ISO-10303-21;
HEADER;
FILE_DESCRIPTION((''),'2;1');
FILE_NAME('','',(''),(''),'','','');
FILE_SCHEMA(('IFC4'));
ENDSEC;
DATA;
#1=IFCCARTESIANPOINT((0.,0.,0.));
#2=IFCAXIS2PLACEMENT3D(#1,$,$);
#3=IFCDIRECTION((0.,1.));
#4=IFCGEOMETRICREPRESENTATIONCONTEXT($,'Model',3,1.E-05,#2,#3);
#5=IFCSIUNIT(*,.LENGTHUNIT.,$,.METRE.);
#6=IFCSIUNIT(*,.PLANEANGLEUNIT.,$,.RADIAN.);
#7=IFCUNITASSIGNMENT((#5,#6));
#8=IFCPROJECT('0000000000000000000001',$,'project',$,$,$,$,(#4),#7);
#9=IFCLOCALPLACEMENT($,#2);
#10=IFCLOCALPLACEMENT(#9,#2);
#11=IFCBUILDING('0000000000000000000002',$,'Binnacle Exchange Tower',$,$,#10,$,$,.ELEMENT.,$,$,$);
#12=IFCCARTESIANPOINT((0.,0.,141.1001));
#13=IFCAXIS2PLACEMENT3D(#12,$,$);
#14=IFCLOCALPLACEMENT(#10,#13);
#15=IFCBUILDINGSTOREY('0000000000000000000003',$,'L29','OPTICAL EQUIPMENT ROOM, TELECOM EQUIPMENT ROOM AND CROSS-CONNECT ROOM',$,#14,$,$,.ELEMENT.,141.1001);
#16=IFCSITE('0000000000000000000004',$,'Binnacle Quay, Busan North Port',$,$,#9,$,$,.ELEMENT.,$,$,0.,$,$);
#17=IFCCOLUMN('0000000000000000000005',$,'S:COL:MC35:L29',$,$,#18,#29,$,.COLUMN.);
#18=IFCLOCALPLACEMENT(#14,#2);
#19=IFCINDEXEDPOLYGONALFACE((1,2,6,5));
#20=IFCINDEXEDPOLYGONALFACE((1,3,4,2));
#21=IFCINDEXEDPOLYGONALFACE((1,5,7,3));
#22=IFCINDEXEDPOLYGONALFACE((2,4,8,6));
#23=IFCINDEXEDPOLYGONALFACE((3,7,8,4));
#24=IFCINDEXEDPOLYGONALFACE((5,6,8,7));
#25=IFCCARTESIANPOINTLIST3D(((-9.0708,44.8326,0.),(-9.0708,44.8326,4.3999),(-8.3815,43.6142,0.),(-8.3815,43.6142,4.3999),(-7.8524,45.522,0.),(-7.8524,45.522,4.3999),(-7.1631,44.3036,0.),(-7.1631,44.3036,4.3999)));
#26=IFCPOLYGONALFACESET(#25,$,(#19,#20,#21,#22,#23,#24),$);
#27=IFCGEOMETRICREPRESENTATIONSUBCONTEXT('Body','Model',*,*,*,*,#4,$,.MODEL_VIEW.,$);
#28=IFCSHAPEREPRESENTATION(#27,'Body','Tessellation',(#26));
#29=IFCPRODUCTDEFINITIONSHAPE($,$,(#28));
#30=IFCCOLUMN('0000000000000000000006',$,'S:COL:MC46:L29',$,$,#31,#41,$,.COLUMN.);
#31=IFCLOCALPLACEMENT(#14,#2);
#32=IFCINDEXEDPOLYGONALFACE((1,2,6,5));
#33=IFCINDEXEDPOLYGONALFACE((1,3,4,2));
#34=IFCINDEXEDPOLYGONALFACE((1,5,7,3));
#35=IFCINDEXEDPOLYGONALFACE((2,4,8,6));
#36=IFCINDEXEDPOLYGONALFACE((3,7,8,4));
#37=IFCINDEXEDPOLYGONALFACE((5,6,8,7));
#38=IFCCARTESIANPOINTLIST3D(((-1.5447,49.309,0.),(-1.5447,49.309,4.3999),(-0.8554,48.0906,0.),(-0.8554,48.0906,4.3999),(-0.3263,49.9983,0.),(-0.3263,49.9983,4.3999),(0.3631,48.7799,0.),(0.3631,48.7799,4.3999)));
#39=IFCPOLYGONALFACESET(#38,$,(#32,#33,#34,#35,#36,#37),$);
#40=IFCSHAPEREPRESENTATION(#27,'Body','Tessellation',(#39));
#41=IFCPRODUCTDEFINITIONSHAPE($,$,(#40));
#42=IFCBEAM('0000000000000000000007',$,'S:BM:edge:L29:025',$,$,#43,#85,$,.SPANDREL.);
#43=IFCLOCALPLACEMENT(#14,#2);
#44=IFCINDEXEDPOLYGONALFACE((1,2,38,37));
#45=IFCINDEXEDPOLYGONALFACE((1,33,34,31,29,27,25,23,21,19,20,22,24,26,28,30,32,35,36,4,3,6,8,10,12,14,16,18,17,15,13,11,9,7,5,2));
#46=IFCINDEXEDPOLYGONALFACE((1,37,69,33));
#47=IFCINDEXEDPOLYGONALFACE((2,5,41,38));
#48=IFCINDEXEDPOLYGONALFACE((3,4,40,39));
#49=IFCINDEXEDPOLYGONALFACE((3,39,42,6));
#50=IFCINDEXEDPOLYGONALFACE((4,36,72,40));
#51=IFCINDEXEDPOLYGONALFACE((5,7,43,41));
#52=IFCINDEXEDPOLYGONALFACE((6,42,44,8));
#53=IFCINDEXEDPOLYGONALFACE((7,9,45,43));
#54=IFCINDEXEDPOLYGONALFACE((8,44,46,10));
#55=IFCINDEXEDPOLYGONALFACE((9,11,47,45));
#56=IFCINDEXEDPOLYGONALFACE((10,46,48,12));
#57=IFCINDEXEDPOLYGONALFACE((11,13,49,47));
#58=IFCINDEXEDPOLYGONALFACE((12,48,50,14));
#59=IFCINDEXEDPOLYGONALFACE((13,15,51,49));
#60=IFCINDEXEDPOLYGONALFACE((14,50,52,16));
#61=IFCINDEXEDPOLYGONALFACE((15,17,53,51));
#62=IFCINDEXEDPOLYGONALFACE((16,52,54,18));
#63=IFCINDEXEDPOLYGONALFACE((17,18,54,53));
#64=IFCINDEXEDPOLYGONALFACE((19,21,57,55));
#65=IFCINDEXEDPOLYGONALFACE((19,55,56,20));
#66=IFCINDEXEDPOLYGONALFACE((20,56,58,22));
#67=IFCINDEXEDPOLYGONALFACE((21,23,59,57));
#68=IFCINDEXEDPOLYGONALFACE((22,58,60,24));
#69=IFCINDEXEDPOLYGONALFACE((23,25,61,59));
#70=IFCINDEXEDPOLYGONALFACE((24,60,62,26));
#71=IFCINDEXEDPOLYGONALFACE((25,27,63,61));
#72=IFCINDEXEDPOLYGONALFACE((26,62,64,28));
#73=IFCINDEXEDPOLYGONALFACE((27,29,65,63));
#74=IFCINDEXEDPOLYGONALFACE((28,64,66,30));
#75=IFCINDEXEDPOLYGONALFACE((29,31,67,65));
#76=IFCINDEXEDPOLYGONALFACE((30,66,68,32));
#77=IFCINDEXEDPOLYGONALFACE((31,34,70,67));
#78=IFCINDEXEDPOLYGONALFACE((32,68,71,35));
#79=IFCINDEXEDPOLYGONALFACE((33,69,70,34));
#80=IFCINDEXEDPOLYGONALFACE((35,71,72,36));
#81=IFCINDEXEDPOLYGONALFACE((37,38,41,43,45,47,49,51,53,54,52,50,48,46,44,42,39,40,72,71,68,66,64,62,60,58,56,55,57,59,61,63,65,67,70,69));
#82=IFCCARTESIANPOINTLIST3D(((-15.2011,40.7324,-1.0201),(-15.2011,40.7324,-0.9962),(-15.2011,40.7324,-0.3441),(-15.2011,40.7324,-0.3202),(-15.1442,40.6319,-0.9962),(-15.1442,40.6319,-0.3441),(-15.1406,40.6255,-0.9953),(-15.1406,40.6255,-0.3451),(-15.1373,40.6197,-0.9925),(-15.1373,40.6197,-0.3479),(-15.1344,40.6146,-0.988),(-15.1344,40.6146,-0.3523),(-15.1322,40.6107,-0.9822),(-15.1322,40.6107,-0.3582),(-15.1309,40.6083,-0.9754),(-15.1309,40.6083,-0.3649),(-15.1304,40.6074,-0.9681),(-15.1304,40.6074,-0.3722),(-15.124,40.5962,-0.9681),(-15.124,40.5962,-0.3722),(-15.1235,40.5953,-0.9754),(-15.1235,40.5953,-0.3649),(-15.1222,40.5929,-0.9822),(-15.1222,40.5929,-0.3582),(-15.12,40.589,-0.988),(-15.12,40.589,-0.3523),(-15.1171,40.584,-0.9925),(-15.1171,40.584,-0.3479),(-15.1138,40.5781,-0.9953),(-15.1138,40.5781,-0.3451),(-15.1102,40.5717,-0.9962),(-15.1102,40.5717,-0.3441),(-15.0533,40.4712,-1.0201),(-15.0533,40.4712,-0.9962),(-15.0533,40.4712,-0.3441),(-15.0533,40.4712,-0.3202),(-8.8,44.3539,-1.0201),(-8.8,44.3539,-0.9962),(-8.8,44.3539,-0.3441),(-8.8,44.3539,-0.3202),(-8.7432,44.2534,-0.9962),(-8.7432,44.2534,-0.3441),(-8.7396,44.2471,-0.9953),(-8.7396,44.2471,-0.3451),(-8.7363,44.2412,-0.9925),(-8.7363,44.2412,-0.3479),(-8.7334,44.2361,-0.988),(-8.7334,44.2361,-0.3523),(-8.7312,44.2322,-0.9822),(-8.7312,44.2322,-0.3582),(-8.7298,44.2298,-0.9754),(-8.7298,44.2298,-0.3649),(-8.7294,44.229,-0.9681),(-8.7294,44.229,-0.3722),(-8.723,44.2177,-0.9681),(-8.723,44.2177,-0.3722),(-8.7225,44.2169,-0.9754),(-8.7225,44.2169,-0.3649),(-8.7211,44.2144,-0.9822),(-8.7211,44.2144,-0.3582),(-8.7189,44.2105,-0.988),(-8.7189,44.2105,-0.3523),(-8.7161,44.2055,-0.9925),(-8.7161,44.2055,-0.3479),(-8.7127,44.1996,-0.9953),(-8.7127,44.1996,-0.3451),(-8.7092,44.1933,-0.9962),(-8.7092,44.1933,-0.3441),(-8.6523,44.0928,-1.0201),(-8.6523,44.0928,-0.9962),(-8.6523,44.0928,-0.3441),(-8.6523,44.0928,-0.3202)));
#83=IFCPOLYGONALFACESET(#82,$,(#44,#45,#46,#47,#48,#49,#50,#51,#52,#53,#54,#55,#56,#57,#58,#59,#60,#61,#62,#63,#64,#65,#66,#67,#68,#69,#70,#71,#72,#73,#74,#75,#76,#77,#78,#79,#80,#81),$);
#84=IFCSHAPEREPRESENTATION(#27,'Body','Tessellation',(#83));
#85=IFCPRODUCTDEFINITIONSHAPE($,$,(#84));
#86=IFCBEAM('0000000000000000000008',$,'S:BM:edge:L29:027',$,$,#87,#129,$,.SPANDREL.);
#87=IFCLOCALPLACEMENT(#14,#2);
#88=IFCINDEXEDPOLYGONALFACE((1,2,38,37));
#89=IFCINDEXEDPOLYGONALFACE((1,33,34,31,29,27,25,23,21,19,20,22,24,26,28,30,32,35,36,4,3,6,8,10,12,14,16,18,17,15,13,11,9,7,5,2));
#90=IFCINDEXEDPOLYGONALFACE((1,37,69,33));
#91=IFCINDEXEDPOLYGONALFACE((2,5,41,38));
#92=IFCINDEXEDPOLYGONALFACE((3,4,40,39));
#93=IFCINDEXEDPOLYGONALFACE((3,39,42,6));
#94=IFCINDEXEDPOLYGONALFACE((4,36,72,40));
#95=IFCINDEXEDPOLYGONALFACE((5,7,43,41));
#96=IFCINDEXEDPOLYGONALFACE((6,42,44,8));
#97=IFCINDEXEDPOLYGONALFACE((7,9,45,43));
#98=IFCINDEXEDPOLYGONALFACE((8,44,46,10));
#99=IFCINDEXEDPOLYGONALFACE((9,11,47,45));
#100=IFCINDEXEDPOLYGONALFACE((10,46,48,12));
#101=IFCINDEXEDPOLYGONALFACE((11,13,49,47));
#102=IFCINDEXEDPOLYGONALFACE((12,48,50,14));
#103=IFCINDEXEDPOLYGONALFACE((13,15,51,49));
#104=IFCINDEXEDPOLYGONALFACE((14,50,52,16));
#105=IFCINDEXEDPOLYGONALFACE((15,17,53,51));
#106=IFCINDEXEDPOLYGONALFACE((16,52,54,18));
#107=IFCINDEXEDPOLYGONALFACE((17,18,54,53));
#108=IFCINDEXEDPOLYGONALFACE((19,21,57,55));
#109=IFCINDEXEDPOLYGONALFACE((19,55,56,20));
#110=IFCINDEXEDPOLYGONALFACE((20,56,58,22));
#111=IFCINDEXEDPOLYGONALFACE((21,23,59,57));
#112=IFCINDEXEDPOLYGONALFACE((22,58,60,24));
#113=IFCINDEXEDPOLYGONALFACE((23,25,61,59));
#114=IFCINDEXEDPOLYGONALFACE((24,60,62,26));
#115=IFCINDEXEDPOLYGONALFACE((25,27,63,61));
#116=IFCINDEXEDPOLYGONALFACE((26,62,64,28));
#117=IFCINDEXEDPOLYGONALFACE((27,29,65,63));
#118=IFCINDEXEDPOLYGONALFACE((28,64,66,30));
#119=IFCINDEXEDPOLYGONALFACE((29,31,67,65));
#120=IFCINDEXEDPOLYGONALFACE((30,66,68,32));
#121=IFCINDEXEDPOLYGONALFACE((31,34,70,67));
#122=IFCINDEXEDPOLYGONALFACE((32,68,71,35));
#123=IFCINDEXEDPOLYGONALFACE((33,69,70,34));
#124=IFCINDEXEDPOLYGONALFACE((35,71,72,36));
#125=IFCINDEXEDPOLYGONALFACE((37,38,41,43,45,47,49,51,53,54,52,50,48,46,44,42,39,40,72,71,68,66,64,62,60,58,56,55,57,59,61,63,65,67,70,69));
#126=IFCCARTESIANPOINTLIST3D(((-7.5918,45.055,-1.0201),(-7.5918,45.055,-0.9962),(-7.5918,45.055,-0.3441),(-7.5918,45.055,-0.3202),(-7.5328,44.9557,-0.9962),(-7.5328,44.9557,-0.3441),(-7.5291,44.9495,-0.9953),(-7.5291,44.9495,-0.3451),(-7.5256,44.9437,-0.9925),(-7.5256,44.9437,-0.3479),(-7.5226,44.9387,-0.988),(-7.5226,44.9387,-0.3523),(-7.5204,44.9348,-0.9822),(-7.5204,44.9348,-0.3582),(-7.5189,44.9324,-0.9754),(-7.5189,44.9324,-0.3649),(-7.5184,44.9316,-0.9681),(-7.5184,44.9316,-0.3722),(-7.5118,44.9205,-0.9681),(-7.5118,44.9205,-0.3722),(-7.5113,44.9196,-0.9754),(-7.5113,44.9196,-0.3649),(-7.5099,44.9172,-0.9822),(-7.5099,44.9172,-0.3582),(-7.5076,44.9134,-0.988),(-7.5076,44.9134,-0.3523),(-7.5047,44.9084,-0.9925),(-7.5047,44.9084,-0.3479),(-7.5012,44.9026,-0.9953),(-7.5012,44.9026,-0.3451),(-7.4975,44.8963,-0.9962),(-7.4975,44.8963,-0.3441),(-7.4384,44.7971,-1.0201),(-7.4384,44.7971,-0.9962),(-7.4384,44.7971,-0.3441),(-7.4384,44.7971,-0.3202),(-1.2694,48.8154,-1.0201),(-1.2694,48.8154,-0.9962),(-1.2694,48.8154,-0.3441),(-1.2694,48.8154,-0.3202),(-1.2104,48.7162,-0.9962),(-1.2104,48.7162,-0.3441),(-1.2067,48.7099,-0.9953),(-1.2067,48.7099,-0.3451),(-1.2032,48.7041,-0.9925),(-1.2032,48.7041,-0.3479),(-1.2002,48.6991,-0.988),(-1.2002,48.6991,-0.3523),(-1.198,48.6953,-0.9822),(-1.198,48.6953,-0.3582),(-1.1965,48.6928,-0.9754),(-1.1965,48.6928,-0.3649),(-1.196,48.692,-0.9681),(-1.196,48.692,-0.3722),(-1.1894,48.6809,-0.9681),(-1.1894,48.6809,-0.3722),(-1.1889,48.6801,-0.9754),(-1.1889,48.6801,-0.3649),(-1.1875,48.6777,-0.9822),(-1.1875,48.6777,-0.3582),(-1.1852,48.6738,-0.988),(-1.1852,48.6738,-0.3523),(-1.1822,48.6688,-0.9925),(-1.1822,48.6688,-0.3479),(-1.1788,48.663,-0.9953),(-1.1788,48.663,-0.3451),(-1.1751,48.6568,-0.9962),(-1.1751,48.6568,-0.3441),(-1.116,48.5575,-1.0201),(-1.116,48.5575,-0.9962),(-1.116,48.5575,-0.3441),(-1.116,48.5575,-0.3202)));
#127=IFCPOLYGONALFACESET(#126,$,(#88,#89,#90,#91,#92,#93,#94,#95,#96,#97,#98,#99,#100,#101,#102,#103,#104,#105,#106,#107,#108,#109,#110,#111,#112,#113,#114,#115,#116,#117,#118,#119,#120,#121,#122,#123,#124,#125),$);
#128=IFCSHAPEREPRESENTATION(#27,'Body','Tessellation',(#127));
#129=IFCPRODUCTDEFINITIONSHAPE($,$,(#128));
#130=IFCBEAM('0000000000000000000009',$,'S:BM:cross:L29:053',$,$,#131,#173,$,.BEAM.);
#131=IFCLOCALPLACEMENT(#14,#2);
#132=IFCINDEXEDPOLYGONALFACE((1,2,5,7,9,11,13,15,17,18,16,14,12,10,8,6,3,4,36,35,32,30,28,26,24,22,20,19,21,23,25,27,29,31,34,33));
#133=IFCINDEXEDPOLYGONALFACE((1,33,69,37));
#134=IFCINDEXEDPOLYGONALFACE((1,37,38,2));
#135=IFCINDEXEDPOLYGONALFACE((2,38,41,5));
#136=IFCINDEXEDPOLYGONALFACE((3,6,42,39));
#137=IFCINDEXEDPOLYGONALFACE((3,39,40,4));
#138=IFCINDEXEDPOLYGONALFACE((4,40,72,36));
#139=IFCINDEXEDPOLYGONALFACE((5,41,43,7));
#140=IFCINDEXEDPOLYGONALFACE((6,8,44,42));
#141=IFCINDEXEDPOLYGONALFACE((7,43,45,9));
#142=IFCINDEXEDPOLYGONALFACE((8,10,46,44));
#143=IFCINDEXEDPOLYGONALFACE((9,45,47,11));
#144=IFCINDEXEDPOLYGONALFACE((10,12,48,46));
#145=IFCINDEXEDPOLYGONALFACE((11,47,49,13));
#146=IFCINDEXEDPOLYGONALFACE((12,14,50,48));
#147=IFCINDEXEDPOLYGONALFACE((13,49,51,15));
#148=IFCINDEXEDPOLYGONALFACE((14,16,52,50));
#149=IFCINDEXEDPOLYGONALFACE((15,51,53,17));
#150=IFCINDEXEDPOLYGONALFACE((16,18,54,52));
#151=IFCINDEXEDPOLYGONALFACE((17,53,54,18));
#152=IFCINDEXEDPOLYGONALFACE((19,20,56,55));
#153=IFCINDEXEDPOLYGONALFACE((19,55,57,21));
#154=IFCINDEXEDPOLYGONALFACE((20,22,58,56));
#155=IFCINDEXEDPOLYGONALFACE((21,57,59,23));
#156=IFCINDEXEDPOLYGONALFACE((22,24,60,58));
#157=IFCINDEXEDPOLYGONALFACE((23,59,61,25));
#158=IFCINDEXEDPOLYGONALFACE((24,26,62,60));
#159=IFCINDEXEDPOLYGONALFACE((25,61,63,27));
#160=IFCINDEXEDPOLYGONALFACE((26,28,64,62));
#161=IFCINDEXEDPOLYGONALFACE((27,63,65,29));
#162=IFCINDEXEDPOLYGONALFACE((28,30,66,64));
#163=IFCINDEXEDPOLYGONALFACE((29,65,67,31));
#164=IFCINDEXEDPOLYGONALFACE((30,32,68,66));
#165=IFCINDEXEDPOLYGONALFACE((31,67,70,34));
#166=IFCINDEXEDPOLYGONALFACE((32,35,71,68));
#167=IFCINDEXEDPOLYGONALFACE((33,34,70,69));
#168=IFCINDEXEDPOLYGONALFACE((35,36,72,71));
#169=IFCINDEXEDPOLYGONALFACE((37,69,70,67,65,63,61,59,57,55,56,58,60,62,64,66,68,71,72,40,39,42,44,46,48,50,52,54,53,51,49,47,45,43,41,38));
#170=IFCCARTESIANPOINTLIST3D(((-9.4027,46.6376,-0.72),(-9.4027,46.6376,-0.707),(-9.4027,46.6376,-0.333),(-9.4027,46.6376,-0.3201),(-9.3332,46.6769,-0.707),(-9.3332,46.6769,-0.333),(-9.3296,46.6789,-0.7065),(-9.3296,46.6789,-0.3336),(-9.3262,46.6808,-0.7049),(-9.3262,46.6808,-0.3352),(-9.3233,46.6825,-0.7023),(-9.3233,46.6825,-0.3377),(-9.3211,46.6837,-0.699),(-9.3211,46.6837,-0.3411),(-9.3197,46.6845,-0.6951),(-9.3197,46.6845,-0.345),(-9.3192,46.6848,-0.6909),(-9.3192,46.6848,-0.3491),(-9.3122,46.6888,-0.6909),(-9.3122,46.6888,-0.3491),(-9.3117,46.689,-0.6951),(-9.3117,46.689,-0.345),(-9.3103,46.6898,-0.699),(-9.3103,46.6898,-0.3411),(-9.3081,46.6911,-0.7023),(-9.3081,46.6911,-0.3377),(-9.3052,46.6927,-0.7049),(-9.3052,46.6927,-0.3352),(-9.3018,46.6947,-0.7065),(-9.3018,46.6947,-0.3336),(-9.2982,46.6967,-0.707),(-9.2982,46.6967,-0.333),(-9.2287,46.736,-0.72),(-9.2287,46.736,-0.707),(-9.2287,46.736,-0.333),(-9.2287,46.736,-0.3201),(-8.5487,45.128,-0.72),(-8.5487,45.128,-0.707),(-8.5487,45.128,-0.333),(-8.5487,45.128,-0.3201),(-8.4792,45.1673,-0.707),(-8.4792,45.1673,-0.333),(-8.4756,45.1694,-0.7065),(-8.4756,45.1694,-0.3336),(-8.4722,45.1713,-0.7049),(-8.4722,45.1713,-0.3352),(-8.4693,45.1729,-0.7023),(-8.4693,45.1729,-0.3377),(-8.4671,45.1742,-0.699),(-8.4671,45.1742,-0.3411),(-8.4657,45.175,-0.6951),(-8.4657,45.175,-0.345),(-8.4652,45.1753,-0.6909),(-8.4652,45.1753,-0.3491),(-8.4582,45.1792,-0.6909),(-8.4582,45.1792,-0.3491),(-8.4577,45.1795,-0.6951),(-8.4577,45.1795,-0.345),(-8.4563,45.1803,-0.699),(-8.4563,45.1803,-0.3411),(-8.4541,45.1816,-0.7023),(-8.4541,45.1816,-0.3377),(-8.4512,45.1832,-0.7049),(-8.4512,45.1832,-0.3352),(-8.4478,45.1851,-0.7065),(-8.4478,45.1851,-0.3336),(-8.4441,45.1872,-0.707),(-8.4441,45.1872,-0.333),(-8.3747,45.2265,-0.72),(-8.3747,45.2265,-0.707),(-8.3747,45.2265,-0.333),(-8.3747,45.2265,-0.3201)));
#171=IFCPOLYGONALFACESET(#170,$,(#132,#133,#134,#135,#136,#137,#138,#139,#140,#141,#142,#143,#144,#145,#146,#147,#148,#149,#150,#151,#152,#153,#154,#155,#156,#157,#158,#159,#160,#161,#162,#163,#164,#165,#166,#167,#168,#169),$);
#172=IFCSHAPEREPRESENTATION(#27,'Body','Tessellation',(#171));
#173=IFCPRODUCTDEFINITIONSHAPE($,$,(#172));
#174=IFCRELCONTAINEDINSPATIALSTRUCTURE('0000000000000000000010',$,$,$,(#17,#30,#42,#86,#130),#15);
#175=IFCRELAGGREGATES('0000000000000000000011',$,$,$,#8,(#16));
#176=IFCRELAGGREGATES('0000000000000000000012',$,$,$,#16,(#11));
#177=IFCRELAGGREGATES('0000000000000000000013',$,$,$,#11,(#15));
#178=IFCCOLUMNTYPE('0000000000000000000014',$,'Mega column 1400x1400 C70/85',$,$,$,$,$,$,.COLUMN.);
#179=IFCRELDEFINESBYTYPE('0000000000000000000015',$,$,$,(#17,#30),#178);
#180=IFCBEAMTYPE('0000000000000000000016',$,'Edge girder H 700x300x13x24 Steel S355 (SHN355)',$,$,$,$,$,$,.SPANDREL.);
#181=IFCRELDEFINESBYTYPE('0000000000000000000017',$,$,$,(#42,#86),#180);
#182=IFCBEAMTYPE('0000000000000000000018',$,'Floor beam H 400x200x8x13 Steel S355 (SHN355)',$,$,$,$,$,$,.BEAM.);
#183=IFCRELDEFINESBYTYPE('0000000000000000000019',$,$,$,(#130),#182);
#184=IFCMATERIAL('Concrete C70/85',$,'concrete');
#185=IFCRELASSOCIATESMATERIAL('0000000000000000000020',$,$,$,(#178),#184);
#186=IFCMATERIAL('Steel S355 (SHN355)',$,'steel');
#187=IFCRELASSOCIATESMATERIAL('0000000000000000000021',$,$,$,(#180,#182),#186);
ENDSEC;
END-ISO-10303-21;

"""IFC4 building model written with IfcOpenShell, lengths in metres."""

from ifc_helpers import new_model, si_unit, direction, frame, origin, origin_2d, place, context, subcontext, project, spatial, rectangle, i_section, extrude, material, material_profile, profile_set, type_object, element, save


model = new_model("IFC4")

# Units and contexts
model_context = context("Model", 3, precision=1e-05, world=origin(), true_north=direction((0.0, 1.0)))
body_context = subcontext(model_context, "Body", "Model", "MODEL_VIEW")
ifc_project = project(units=[si_unit("LENGTHUNIT", "METRE"), si_unit("PLANEANGLEUNIT", "RADIAN")], contexts=[model_context])

# Site, building, storey
site_placement = place(None, origin())
site = spatial("IfcSite", under=ifc_project, at=site_placement, Name="Binnacle Quay, Busan North Port", CompositionType="ELEMENT", RefElevation=0.0)
building_placement = place(site_placement, origin())
building = spatial("IfcBuilding", under=site, at=building_placement, Name="Binnacle Exchange Tower", CompositionType="ELEMENT")
storey_placement = place(building_placement, frame((0.0, 0.0, 141.1001)))
storey = spatial("IfcBuildingStorey", under=building, at=storey_placement, Name="L29", Description="OPTICAL EQUIPMENT ROOM, TELECOM EQUIPMENT ROOM AND CROSS-CONNECT ROOM", CompositionType="ELEMENT", Elevation=141.1001)

# Columns
ifc_material_1 = material(Name="Concrete C70/85", Category="concrete")
ifc_material_profile_1 = material_profile(ifc_material_1, rectangle(XDim=1.3999, YDim=1.3999, at=origin_2d()), Name="Mega column 1400x1400 C70/85")
ifc_profile_set_1 = profile_set([ifc_material_profile_1], Name="Concrete C70/85")
column_type = type_object("IfcColumnType", Name="Mega column 1400x1400 C70/85", PredefinedType="COLUMN", material=ifc_profile_set_1)
for number, where, z_axis, x_axis, name in (
    (1, (-8.1169, 44.5681, 0.0), (0.0, 0.0, 1.0), (0.870356, 0.492424, 0.0), "S:COL:MC35:L29"),
    (2, (-0.5908, 49.0444, 0.0), (0.0, 0.0, 1.0), (0.870356, 0.492424, 0.0), "S:COL:MC46:L29"),
):
    element("IfcColumn", number, at=place(storey_placement, frame(where, z_axis=z_axis, x_axis=x_axis)), inside=storey, type_object=column_type, Name=name, PredefinedType="COLUMN", context=body_context, shape_type="SweptSolid", body=[
        extrude(rectangle(XDim=1.3999, YDim=1.3999, at=origin_2d()), origin(), (0.0, 0.0, 1.0), 4.3999),
    ])

# Beams
ifc_material_2 = material(Name="Steel S355 (SHN355)", Category="steel")
ifc_material_profile_2 = material_profile(ifc_material_2, i_section(OverallWidth=0.3, OverallDepth=0.7, WebThickness=0.0129, FlangeThickness=0.0239, FilletRadius=0.0281, at=origin_2d()), Name="H 700x300x13x24")
ifc_profile_set_2 = profile_set([ifc_material_profile_2], Name="Steel S355 (SHN355)")
beam_type_1 = type_object("IfcBeamType", Name="Edge girder H 700x300x13x24 Steel S355 (SHN355)", PredefinedType="SPANDREL", material=ifc_profile_set_2)
beam_1_placement = place(storey_placement, frame((-15.1272, 40.6018, -0.6702), z_axis=(0.870356, 0.492424, 0.0), x_axis=(-0.492424, 0.870356, 0.0)))
element("IfcBeam", 3, at=beam_1_placement, inside=storey, type_object=beam_type_1, Name="S:BM:edge:L29:025", PredefinedType="SPANDREL", context=body_context, shape_type="SweptSolid", body=[
    extrude(i_section(OverallWidth=0.3, OverallDepth=0.7, WebThickness=0.0129, FlangeThickness=0.0239, FilletRadius=0.0281, at=origin_2d()), origin(), (0.0, 0.0, 1.0), 7.3545),
])
beam_2_placement = place(storey_placement, frame((-7.5151, 44.926, -0.6702), z_axis=(0.859466, 0.511193, 0.0), x_axis=(-0.511193, 0.859466, 0.0)))
element("IfcBeam", 4, at=beam_2_placement, inside=storey, type_object=beam_type_1, Name="S:BM:edge:L29:027", PredefinedType="SPANDREL", context=body_context, shape_type="SweptSolid", body=[
    extrude(i_section(OverallWidth=0.3, OverallDepth=0.7, WebThickness=0.0129, FlangeThickness=0.0239, FilletRadius=0.0281, at=origin_2d()), origin(), (0.0, 0.0, 1.0), 7.3562),
])
ifc_material_profile_3 = material_profile(ifc_material_2, i_section(OverallWidth=0.2, OverallDepth=0.3999, WebThickness=0.0081, FlangeThickness=0.0129, FilletRadius=0.0161, at=origin_2d()), Name="H 400x200x8x13")
ifc_profile_set_3 = profile_set([ifc_material_profile_3], Name="Steel S355 (SHN355)")
beam_type_2 = type_object("IfcBeamType", Name="Floor beam H 400x200x8x13 Steel S355 (SHN355)", PredefinedType="BEAM", material=ifc_profile_set_3)
beam_3_placement = place(storey_placement, frame((-8.4617, 45.1772, -0.52), z_axis=(-0.492405, 0.870366, 0.0), x_axis=(-0.870366, -0.492405, 0.0)))
element("IfcBeam", 5, at=beam_3_placement, inside=storey, type_object=beam_type_2, Name="S:BM:cross:L29:053", PredefinedType="BEAM", context=body_context, shape_type="SweptSolid", body=[
    extrude(i_section(OverallWidth=0.2, OverallDepth=0.3999, WebThickness=0.0081, FlangeThickness=0.0129, FilletRadius=0.0161, at=origin_2d()), origin(), (0.0, 0.0, 1.0), 1.7344),
])

save(model, "model.ifc")
